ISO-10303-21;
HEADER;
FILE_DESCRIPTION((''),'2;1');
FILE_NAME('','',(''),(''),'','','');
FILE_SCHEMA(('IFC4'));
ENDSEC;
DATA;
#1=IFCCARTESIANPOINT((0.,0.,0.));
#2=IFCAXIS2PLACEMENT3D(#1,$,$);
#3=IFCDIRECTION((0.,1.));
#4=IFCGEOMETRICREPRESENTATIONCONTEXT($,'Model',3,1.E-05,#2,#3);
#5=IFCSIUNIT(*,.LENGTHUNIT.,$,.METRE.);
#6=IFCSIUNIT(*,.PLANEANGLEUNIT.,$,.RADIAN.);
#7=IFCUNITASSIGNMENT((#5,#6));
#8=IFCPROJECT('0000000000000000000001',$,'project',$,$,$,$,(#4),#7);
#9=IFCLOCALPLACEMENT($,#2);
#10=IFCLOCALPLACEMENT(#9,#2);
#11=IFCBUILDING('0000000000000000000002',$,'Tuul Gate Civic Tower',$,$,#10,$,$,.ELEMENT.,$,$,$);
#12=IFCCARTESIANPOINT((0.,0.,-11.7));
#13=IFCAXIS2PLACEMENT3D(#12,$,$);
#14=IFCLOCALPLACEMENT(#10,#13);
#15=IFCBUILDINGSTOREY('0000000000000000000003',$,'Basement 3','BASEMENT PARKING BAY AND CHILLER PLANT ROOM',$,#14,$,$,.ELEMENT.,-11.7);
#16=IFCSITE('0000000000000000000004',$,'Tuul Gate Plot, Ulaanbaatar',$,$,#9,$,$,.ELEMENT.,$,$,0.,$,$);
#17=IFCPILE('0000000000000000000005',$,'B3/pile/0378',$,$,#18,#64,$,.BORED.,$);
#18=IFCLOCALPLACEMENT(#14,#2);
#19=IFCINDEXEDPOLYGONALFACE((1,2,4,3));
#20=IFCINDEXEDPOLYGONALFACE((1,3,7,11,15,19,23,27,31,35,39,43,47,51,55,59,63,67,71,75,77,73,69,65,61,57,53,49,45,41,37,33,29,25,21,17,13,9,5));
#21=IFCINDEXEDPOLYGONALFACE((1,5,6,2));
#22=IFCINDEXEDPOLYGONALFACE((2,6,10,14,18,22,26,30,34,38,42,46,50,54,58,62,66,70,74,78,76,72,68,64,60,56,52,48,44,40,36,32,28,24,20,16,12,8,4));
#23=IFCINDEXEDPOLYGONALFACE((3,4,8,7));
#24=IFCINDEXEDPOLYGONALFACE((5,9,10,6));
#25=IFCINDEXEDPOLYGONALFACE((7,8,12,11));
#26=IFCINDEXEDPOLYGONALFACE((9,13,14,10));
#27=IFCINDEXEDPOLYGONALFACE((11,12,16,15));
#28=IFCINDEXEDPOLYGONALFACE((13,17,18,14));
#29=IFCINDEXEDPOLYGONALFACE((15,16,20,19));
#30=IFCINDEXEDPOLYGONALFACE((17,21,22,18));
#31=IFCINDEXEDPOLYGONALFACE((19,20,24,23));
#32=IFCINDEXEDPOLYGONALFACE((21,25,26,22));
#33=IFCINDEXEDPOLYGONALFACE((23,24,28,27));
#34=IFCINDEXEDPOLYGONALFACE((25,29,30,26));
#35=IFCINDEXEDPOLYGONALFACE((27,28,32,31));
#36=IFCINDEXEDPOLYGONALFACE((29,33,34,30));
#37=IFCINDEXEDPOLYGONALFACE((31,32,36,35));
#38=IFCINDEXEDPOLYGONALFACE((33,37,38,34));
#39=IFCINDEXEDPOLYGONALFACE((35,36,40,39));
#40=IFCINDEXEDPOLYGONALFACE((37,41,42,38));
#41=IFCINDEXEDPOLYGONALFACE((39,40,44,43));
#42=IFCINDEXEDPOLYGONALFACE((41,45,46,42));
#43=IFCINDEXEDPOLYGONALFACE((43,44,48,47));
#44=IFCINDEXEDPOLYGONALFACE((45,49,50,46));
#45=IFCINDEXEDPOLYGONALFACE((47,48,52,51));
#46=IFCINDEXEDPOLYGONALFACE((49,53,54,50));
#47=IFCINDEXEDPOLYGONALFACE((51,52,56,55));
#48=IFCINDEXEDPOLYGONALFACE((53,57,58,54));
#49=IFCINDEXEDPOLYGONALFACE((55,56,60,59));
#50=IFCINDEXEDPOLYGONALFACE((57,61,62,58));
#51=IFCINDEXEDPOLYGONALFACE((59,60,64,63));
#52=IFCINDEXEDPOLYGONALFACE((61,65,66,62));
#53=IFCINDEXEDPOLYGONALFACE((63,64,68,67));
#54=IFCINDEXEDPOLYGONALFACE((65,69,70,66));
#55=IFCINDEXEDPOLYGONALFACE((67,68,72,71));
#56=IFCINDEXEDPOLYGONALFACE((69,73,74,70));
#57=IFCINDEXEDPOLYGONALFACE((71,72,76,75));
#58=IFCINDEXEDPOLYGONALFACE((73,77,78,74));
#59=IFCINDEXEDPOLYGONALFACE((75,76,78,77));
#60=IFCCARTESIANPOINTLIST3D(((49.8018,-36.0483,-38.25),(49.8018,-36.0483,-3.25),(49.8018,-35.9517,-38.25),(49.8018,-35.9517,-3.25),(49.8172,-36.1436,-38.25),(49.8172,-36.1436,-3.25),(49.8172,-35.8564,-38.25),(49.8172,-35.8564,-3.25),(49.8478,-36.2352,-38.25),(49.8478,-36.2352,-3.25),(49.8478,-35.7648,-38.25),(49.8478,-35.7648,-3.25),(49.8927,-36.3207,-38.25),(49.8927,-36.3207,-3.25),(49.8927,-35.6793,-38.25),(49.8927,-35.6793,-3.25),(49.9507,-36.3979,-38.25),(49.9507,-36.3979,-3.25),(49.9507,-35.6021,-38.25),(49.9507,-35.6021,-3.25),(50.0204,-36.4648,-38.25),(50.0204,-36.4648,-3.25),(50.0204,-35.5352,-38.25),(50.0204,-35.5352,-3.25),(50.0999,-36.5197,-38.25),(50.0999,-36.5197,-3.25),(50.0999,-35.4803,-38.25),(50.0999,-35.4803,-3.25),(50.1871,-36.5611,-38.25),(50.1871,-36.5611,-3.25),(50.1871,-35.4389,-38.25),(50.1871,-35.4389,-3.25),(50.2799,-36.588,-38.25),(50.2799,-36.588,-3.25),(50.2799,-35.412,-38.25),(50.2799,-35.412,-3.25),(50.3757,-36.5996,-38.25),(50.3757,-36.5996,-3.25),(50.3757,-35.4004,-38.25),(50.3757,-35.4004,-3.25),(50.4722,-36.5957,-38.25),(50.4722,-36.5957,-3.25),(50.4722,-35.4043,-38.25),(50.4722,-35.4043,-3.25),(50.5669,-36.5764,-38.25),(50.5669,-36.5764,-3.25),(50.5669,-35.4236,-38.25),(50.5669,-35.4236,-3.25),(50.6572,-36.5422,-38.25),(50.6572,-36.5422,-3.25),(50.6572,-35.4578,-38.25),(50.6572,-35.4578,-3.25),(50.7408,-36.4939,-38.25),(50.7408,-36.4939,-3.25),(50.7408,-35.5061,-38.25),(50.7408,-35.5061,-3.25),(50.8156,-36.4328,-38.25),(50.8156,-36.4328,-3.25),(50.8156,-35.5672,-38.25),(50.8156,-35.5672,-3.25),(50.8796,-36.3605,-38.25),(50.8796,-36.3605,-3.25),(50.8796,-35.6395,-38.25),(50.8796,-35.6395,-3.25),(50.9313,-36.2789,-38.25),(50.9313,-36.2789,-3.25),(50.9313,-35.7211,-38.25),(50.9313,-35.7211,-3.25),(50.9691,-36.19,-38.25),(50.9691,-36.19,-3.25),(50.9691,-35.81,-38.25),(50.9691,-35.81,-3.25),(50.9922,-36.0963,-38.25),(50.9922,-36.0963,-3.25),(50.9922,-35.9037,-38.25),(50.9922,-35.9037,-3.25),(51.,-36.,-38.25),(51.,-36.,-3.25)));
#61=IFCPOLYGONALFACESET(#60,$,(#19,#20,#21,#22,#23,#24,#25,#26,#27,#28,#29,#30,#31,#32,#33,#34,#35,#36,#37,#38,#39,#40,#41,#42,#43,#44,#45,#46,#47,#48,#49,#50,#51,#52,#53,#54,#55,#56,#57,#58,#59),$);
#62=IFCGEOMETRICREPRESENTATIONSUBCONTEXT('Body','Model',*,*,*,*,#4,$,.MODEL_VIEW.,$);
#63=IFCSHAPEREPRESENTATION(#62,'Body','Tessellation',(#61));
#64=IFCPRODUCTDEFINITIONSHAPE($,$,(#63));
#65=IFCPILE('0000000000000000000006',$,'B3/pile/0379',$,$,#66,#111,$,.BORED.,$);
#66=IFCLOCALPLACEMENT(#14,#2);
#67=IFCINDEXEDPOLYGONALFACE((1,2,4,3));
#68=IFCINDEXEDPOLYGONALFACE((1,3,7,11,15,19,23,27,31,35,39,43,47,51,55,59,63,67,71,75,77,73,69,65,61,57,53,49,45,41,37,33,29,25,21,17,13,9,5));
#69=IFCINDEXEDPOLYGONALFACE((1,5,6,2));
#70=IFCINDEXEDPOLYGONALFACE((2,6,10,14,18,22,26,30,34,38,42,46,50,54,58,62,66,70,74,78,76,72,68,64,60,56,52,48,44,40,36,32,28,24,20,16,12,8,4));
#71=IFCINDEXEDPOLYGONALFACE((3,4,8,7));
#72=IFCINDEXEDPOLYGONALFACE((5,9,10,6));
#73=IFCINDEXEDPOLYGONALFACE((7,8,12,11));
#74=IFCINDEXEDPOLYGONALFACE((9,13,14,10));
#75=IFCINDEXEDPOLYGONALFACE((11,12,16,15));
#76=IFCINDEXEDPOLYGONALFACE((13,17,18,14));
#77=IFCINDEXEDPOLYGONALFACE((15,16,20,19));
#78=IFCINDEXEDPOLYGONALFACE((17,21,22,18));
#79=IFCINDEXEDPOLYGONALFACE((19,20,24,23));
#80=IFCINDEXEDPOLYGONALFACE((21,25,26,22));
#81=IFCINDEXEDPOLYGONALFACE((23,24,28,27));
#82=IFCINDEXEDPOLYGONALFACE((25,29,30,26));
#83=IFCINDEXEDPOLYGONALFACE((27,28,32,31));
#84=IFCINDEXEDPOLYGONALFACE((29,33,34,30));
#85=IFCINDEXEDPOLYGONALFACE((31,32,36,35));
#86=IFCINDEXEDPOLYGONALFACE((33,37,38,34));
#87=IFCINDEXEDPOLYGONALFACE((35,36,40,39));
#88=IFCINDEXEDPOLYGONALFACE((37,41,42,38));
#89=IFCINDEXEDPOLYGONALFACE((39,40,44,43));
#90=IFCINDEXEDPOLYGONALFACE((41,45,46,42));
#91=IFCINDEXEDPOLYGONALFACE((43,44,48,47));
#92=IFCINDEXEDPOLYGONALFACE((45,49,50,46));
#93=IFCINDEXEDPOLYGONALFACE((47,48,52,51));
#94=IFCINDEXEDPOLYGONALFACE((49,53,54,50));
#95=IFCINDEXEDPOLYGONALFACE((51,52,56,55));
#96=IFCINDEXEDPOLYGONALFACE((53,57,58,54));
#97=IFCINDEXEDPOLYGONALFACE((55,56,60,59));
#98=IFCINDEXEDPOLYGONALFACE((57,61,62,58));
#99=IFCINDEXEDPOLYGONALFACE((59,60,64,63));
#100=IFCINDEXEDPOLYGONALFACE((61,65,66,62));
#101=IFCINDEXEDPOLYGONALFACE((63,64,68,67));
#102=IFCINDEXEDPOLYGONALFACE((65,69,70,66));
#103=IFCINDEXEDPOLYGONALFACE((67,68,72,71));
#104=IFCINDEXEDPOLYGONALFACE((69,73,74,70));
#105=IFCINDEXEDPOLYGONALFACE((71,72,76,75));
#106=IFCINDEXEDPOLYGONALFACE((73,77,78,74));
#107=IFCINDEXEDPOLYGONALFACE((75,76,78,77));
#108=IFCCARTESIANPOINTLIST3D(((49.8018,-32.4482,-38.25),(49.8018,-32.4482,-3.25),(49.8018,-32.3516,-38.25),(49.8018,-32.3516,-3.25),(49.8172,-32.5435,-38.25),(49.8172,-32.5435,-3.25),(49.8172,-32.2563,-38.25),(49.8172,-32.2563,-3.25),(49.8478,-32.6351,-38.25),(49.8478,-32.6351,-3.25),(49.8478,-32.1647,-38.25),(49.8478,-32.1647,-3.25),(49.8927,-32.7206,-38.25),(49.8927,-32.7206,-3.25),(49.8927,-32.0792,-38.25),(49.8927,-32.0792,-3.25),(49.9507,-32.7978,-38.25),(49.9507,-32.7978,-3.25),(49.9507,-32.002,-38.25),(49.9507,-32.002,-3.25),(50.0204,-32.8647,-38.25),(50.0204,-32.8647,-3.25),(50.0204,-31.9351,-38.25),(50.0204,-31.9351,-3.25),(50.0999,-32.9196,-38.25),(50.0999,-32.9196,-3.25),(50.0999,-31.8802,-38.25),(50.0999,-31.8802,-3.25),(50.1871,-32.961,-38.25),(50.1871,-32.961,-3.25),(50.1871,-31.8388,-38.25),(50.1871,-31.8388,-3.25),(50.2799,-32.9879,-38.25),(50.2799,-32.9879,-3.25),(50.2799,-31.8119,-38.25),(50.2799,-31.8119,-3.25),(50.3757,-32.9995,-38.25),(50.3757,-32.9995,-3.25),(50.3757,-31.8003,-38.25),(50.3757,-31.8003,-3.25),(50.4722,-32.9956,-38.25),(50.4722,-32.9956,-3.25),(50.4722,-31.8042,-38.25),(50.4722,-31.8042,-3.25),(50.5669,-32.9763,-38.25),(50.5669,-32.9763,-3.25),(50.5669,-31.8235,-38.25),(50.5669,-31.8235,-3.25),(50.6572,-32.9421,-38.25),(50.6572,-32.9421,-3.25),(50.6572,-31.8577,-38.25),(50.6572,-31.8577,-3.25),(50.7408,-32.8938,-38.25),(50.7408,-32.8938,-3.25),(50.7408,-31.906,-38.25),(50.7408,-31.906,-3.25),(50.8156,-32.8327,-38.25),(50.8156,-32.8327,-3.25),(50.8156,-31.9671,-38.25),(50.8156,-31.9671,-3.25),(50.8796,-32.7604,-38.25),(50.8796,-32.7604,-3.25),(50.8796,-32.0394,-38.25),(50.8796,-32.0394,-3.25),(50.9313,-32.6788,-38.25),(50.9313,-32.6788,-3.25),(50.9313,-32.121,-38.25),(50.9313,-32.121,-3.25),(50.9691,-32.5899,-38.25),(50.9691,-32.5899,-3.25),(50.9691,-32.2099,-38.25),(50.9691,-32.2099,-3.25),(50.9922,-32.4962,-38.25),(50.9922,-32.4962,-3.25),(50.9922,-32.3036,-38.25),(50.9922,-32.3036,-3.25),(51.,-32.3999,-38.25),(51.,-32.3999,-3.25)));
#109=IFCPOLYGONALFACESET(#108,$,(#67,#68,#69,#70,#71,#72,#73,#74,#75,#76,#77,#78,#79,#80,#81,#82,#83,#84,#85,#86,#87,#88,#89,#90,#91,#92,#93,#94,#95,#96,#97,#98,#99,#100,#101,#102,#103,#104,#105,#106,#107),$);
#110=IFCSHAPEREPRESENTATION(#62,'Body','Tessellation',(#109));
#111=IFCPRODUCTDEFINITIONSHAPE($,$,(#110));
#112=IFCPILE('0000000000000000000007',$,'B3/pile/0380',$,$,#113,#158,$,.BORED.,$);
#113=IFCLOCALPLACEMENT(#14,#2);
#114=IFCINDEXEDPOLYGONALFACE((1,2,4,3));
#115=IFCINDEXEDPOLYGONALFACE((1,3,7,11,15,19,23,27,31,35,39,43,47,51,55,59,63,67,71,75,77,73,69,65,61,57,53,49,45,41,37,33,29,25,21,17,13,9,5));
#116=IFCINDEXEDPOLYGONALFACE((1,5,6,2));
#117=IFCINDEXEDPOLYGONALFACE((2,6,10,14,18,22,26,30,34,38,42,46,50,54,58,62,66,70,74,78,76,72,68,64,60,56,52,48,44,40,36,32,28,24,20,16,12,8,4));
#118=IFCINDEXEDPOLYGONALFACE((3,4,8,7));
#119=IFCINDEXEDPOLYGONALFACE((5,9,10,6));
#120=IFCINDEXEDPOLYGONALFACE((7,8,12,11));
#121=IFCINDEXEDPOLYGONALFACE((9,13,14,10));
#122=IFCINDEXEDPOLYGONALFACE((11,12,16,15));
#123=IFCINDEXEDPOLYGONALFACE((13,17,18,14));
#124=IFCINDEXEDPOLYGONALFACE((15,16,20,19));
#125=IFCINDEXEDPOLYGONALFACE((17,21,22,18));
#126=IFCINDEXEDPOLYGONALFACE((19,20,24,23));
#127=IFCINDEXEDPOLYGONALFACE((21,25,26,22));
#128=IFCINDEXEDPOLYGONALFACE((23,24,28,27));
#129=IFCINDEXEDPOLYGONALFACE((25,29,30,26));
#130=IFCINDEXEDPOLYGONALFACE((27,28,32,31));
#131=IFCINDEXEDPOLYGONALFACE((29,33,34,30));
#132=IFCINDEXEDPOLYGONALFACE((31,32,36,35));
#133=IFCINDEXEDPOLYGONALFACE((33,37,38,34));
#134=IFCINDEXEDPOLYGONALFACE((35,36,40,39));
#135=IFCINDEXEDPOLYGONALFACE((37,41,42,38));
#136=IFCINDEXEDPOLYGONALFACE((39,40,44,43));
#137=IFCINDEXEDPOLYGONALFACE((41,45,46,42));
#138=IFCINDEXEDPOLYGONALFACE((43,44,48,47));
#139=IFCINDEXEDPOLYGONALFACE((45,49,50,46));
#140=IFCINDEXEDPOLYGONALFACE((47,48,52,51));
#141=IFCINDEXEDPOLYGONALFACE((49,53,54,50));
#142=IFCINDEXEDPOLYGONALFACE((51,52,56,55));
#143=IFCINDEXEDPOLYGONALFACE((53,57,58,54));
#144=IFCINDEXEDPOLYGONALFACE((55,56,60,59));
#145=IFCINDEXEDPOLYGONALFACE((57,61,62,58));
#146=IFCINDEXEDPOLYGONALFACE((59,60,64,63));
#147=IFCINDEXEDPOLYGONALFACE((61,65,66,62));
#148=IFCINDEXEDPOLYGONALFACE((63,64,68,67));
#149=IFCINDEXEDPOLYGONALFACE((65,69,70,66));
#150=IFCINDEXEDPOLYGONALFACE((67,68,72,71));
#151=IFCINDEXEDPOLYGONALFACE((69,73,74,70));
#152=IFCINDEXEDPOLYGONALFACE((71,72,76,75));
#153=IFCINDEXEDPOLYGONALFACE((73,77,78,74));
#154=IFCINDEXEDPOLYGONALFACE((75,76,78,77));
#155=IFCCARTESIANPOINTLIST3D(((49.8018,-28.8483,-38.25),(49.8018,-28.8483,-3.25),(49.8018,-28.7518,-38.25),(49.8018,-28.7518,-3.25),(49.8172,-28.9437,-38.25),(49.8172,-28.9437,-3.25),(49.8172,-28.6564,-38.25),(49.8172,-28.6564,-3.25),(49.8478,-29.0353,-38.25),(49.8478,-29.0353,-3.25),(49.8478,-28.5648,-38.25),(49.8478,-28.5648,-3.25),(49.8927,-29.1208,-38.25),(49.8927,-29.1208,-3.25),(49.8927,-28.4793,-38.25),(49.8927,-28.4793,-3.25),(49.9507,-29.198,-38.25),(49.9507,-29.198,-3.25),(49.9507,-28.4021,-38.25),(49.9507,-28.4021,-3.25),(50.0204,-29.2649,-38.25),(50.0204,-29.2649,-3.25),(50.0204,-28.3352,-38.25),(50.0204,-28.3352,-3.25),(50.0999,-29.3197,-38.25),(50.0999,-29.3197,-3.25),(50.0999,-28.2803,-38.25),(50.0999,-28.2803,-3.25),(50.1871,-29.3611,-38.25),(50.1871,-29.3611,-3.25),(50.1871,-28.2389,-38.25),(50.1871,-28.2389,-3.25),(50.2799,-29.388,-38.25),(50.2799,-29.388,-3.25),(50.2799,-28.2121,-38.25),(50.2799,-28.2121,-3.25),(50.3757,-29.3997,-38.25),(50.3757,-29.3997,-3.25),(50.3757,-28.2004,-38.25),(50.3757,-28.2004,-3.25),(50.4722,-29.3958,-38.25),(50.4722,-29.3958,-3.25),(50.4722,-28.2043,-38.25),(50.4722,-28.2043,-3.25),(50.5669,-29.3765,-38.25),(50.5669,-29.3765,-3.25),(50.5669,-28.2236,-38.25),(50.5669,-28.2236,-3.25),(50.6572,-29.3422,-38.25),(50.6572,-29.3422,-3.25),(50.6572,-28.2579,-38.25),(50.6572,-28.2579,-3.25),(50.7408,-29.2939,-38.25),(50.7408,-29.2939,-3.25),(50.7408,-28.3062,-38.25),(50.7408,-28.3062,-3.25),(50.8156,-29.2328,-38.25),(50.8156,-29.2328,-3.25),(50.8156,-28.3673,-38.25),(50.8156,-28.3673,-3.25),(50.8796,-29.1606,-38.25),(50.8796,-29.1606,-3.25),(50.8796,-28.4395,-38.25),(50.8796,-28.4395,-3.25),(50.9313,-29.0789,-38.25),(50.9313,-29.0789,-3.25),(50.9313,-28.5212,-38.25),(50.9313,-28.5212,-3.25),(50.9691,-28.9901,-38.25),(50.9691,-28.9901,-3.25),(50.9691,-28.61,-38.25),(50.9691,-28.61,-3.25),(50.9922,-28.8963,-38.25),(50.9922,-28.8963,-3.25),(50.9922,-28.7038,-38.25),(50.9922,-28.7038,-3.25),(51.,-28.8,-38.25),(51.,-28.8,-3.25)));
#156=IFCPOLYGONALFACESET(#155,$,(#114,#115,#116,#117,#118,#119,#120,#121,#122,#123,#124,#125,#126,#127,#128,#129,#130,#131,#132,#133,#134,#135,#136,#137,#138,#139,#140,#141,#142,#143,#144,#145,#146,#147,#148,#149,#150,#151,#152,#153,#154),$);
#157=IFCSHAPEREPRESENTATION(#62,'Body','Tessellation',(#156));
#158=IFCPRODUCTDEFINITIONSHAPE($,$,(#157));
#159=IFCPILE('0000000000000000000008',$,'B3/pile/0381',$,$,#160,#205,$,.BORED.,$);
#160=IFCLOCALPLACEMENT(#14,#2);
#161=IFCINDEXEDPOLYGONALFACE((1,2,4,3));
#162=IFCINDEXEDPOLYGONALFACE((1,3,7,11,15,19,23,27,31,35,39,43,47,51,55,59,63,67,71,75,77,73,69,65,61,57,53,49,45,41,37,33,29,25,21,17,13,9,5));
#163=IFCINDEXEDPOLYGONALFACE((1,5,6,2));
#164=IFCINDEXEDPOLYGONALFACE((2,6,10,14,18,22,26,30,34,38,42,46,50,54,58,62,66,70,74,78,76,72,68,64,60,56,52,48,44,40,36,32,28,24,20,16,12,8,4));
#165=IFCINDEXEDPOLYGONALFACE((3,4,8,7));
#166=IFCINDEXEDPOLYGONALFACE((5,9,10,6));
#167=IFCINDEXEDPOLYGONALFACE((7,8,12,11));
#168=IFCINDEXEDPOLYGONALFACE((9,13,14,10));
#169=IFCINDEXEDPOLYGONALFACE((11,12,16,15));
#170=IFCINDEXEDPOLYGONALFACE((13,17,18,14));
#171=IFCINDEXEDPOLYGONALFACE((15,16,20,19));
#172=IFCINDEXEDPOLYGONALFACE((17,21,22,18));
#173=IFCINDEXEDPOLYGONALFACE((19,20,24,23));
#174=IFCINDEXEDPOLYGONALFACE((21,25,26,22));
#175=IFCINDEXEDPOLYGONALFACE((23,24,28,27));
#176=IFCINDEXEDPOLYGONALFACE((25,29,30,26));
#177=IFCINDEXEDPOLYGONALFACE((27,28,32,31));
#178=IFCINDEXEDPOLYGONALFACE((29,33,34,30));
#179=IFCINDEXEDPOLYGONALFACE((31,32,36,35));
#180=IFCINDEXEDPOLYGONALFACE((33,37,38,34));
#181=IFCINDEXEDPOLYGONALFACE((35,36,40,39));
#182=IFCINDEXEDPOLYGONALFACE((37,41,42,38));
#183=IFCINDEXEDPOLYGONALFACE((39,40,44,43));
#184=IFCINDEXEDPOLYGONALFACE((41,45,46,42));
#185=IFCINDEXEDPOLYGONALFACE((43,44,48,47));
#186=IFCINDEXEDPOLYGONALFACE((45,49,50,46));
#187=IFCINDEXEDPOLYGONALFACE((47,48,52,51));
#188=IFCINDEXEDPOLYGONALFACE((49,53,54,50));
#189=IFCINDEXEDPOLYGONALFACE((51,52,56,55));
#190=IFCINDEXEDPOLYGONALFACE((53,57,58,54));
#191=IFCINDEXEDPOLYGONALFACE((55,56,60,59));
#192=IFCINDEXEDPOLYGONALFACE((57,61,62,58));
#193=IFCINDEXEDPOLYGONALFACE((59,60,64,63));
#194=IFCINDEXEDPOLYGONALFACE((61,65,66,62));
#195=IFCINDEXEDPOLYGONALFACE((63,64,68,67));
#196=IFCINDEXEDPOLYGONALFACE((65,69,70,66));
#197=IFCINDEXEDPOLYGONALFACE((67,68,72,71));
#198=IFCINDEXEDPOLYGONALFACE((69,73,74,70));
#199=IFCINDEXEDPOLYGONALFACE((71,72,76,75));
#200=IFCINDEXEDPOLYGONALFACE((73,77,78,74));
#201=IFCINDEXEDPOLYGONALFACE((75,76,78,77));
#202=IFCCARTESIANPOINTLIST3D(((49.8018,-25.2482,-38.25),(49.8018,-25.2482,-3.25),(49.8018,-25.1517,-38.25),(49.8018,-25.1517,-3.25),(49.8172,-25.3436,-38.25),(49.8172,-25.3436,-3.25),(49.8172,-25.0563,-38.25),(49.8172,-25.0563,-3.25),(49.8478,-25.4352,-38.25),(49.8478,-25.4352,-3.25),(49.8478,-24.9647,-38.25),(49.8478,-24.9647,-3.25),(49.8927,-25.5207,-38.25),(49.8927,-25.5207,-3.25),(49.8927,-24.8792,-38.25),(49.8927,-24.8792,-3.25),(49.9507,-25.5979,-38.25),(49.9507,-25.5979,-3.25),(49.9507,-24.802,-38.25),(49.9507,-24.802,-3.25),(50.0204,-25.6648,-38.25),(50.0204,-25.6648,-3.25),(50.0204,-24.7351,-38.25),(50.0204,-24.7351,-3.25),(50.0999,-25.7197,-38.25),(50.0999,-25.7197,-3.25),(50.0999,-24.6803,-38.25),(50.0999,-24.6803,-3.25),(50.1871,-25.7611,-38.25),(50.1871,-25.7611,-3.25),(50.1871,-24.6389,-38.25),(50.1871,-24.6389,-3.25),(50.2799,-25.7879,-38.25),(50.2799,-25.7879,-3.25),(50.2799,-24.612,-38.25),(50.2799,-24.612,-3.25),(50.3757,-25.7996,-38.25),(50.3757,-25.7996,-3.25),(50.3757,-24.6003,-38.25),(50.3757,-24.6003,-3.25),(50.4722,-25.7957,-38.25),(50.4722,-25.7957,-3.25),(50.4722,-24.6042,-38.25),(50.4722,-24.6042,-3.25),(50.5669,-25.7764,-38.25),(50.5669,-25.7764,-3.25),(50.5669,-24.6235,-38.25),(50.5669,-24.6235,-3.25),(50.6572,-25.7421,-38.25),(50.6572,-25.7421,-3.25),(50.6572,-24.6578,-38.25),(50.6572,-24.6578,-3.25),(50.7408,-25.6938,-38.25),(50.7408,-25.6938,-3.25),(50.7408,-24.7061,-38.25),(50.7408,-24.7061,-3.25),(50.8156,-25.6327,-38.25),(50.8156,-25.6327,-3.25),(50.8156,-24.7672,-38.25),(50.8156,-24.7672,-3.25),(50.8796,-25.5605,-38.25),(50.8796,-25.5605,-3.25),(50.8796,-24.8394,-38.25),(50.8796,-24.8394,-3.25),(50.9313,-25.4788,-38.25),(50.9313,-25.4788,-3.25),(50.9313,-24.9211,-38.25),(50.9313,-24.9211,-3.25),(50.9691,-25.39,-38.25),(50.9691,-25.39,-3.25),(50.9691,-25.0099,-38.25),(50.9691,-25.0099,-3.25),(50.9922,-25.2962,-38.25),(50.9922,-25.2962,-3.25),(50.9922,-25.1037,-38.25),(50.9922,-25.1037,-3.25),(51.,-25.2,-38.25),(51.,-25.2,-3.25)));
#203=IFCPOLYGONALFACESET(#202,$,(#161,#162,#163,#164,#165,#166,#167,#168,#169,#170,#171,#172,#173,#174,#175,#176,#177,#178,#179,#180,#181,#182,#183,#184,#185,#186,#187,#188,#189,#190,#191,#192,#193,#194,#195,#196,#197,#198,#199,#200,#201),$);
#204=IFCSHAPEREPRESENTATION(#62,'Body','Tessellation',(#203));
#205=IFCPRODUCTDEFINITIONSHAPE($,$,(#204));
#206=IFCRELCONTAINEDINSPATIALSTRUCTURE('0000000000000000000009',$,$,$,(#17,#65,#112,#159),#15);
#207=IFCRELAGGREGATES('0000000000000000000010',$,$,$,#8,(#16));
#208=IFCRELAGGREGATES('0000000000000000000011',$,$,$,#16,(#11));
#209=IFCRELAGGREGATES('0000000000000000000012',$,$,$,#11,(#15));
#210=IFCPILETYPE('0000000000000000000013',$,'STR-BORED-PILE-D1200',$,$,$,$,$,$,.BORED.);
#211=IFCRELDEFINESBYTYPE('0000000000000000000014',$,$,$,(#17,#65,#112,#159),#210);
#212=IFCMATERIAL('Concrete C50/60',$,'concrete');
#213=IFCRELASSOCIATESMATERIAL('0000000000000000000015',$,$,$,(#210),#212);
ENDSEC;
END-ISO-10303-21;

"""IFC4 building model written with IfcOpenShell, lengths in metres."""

from ifc_helpers import new_model, si_unit, direction, frame, origin, origin_2d, place, context, subcontext, project, spatial, circle, extrude, material, material_profile, profile_set, type_object, element, save


model = new_model("IFC4")

# Units and contexts
model_context = context("Model", 3, precision=1e-05, world=origin(), true_north=direction((0.0, 1.0)))
body_context = subcontext(model_context, "Body", "Model", "MODEL_VIEW")
ifc_project = project(units=[si_unit("LENGTHUNIT", "METRE"), si_unit("PLANEANGLEUNIT", "RADIAN")], contexts=[model_context])

# Site, building, storey
site_placement = place(None, origin())
site = spatial("IfcSite", under=ifc_project, at=site_placement, Name="Tuul Gate Plot, Ulaanbaatar", CompositionType="ELEMENT", RefElevation=0.0)
building_placement = place(site_placement, origin())
building = spatial("IfcBuilding", under=site, at=building_placement, Name="Tuul Gate Civic Tower", CompositionType="ELEMENT")
storey_placement = place(building_placement, frame((0.0, 0.0, -11.7)))
storey = spatial("IfcBuildingStorey", under=building, at=storey_placement, Name="Basement 3", Description="BASEMENT PARKING BAY AND CHILLER PLANT ROOM", CompositionType="ELEMENT", Elevation=-11.7)

# Piles
ifc_material_1 = material(Name="Concrete C50/60", Category="concrete")
ifc_material_profile_1 = material_profile(ifc_material_1, circle(Radius=0.6001, at=origin_2d()), Name="PILE1200")
ifc_profile_set_1 = profile_set([ifc_material_profile_1], Name="Concrete C50/60")
pile_type = type_object("IfcPileType", Name="STR-BORED-PILE-D1200", PredefinedType="BORED", material=ifc_profile_set_1)
for number, where, z_axis, x_axis, name in (
    (1, (50.3999, -36.0, -3.25), (0.0, 0.0, -1.0), (1.0, 0.0, 0.0), "B3/pile/0378"),
    (2, (50.3999, -32.3999, -3.25), (0.0, 0.0, -1.0), (1.0, 0.0, 0.0), "B3/pile/0379"),
    (3, (50.3999, -28.8, -3.25), (0.0, 0.0, -1.0), (1.0, 0.0, 0.0), "B3/pile/0380"),
    (4, (50.3999, -25.2, -3.25), (0.0, 0.0, -1.0), (1.0, 0.0, 0.0), "B3/pile/0381"),
):
    element("IfcPile", number, at=place(storey_placement, frame(where, z_axis=z_axis, x_axis=x_axis)), inside=storey, type_object=pile_type, Name=name, PredefinedType="BORED", context=body_context, shape_type="SweptSolid", body=[
        extrude(circle(Radius=0.6001, at=origin_2d()), origin(), (0.0, 0.0, 1.0), 35.0),
    ])

save(model, "model.ifc")
